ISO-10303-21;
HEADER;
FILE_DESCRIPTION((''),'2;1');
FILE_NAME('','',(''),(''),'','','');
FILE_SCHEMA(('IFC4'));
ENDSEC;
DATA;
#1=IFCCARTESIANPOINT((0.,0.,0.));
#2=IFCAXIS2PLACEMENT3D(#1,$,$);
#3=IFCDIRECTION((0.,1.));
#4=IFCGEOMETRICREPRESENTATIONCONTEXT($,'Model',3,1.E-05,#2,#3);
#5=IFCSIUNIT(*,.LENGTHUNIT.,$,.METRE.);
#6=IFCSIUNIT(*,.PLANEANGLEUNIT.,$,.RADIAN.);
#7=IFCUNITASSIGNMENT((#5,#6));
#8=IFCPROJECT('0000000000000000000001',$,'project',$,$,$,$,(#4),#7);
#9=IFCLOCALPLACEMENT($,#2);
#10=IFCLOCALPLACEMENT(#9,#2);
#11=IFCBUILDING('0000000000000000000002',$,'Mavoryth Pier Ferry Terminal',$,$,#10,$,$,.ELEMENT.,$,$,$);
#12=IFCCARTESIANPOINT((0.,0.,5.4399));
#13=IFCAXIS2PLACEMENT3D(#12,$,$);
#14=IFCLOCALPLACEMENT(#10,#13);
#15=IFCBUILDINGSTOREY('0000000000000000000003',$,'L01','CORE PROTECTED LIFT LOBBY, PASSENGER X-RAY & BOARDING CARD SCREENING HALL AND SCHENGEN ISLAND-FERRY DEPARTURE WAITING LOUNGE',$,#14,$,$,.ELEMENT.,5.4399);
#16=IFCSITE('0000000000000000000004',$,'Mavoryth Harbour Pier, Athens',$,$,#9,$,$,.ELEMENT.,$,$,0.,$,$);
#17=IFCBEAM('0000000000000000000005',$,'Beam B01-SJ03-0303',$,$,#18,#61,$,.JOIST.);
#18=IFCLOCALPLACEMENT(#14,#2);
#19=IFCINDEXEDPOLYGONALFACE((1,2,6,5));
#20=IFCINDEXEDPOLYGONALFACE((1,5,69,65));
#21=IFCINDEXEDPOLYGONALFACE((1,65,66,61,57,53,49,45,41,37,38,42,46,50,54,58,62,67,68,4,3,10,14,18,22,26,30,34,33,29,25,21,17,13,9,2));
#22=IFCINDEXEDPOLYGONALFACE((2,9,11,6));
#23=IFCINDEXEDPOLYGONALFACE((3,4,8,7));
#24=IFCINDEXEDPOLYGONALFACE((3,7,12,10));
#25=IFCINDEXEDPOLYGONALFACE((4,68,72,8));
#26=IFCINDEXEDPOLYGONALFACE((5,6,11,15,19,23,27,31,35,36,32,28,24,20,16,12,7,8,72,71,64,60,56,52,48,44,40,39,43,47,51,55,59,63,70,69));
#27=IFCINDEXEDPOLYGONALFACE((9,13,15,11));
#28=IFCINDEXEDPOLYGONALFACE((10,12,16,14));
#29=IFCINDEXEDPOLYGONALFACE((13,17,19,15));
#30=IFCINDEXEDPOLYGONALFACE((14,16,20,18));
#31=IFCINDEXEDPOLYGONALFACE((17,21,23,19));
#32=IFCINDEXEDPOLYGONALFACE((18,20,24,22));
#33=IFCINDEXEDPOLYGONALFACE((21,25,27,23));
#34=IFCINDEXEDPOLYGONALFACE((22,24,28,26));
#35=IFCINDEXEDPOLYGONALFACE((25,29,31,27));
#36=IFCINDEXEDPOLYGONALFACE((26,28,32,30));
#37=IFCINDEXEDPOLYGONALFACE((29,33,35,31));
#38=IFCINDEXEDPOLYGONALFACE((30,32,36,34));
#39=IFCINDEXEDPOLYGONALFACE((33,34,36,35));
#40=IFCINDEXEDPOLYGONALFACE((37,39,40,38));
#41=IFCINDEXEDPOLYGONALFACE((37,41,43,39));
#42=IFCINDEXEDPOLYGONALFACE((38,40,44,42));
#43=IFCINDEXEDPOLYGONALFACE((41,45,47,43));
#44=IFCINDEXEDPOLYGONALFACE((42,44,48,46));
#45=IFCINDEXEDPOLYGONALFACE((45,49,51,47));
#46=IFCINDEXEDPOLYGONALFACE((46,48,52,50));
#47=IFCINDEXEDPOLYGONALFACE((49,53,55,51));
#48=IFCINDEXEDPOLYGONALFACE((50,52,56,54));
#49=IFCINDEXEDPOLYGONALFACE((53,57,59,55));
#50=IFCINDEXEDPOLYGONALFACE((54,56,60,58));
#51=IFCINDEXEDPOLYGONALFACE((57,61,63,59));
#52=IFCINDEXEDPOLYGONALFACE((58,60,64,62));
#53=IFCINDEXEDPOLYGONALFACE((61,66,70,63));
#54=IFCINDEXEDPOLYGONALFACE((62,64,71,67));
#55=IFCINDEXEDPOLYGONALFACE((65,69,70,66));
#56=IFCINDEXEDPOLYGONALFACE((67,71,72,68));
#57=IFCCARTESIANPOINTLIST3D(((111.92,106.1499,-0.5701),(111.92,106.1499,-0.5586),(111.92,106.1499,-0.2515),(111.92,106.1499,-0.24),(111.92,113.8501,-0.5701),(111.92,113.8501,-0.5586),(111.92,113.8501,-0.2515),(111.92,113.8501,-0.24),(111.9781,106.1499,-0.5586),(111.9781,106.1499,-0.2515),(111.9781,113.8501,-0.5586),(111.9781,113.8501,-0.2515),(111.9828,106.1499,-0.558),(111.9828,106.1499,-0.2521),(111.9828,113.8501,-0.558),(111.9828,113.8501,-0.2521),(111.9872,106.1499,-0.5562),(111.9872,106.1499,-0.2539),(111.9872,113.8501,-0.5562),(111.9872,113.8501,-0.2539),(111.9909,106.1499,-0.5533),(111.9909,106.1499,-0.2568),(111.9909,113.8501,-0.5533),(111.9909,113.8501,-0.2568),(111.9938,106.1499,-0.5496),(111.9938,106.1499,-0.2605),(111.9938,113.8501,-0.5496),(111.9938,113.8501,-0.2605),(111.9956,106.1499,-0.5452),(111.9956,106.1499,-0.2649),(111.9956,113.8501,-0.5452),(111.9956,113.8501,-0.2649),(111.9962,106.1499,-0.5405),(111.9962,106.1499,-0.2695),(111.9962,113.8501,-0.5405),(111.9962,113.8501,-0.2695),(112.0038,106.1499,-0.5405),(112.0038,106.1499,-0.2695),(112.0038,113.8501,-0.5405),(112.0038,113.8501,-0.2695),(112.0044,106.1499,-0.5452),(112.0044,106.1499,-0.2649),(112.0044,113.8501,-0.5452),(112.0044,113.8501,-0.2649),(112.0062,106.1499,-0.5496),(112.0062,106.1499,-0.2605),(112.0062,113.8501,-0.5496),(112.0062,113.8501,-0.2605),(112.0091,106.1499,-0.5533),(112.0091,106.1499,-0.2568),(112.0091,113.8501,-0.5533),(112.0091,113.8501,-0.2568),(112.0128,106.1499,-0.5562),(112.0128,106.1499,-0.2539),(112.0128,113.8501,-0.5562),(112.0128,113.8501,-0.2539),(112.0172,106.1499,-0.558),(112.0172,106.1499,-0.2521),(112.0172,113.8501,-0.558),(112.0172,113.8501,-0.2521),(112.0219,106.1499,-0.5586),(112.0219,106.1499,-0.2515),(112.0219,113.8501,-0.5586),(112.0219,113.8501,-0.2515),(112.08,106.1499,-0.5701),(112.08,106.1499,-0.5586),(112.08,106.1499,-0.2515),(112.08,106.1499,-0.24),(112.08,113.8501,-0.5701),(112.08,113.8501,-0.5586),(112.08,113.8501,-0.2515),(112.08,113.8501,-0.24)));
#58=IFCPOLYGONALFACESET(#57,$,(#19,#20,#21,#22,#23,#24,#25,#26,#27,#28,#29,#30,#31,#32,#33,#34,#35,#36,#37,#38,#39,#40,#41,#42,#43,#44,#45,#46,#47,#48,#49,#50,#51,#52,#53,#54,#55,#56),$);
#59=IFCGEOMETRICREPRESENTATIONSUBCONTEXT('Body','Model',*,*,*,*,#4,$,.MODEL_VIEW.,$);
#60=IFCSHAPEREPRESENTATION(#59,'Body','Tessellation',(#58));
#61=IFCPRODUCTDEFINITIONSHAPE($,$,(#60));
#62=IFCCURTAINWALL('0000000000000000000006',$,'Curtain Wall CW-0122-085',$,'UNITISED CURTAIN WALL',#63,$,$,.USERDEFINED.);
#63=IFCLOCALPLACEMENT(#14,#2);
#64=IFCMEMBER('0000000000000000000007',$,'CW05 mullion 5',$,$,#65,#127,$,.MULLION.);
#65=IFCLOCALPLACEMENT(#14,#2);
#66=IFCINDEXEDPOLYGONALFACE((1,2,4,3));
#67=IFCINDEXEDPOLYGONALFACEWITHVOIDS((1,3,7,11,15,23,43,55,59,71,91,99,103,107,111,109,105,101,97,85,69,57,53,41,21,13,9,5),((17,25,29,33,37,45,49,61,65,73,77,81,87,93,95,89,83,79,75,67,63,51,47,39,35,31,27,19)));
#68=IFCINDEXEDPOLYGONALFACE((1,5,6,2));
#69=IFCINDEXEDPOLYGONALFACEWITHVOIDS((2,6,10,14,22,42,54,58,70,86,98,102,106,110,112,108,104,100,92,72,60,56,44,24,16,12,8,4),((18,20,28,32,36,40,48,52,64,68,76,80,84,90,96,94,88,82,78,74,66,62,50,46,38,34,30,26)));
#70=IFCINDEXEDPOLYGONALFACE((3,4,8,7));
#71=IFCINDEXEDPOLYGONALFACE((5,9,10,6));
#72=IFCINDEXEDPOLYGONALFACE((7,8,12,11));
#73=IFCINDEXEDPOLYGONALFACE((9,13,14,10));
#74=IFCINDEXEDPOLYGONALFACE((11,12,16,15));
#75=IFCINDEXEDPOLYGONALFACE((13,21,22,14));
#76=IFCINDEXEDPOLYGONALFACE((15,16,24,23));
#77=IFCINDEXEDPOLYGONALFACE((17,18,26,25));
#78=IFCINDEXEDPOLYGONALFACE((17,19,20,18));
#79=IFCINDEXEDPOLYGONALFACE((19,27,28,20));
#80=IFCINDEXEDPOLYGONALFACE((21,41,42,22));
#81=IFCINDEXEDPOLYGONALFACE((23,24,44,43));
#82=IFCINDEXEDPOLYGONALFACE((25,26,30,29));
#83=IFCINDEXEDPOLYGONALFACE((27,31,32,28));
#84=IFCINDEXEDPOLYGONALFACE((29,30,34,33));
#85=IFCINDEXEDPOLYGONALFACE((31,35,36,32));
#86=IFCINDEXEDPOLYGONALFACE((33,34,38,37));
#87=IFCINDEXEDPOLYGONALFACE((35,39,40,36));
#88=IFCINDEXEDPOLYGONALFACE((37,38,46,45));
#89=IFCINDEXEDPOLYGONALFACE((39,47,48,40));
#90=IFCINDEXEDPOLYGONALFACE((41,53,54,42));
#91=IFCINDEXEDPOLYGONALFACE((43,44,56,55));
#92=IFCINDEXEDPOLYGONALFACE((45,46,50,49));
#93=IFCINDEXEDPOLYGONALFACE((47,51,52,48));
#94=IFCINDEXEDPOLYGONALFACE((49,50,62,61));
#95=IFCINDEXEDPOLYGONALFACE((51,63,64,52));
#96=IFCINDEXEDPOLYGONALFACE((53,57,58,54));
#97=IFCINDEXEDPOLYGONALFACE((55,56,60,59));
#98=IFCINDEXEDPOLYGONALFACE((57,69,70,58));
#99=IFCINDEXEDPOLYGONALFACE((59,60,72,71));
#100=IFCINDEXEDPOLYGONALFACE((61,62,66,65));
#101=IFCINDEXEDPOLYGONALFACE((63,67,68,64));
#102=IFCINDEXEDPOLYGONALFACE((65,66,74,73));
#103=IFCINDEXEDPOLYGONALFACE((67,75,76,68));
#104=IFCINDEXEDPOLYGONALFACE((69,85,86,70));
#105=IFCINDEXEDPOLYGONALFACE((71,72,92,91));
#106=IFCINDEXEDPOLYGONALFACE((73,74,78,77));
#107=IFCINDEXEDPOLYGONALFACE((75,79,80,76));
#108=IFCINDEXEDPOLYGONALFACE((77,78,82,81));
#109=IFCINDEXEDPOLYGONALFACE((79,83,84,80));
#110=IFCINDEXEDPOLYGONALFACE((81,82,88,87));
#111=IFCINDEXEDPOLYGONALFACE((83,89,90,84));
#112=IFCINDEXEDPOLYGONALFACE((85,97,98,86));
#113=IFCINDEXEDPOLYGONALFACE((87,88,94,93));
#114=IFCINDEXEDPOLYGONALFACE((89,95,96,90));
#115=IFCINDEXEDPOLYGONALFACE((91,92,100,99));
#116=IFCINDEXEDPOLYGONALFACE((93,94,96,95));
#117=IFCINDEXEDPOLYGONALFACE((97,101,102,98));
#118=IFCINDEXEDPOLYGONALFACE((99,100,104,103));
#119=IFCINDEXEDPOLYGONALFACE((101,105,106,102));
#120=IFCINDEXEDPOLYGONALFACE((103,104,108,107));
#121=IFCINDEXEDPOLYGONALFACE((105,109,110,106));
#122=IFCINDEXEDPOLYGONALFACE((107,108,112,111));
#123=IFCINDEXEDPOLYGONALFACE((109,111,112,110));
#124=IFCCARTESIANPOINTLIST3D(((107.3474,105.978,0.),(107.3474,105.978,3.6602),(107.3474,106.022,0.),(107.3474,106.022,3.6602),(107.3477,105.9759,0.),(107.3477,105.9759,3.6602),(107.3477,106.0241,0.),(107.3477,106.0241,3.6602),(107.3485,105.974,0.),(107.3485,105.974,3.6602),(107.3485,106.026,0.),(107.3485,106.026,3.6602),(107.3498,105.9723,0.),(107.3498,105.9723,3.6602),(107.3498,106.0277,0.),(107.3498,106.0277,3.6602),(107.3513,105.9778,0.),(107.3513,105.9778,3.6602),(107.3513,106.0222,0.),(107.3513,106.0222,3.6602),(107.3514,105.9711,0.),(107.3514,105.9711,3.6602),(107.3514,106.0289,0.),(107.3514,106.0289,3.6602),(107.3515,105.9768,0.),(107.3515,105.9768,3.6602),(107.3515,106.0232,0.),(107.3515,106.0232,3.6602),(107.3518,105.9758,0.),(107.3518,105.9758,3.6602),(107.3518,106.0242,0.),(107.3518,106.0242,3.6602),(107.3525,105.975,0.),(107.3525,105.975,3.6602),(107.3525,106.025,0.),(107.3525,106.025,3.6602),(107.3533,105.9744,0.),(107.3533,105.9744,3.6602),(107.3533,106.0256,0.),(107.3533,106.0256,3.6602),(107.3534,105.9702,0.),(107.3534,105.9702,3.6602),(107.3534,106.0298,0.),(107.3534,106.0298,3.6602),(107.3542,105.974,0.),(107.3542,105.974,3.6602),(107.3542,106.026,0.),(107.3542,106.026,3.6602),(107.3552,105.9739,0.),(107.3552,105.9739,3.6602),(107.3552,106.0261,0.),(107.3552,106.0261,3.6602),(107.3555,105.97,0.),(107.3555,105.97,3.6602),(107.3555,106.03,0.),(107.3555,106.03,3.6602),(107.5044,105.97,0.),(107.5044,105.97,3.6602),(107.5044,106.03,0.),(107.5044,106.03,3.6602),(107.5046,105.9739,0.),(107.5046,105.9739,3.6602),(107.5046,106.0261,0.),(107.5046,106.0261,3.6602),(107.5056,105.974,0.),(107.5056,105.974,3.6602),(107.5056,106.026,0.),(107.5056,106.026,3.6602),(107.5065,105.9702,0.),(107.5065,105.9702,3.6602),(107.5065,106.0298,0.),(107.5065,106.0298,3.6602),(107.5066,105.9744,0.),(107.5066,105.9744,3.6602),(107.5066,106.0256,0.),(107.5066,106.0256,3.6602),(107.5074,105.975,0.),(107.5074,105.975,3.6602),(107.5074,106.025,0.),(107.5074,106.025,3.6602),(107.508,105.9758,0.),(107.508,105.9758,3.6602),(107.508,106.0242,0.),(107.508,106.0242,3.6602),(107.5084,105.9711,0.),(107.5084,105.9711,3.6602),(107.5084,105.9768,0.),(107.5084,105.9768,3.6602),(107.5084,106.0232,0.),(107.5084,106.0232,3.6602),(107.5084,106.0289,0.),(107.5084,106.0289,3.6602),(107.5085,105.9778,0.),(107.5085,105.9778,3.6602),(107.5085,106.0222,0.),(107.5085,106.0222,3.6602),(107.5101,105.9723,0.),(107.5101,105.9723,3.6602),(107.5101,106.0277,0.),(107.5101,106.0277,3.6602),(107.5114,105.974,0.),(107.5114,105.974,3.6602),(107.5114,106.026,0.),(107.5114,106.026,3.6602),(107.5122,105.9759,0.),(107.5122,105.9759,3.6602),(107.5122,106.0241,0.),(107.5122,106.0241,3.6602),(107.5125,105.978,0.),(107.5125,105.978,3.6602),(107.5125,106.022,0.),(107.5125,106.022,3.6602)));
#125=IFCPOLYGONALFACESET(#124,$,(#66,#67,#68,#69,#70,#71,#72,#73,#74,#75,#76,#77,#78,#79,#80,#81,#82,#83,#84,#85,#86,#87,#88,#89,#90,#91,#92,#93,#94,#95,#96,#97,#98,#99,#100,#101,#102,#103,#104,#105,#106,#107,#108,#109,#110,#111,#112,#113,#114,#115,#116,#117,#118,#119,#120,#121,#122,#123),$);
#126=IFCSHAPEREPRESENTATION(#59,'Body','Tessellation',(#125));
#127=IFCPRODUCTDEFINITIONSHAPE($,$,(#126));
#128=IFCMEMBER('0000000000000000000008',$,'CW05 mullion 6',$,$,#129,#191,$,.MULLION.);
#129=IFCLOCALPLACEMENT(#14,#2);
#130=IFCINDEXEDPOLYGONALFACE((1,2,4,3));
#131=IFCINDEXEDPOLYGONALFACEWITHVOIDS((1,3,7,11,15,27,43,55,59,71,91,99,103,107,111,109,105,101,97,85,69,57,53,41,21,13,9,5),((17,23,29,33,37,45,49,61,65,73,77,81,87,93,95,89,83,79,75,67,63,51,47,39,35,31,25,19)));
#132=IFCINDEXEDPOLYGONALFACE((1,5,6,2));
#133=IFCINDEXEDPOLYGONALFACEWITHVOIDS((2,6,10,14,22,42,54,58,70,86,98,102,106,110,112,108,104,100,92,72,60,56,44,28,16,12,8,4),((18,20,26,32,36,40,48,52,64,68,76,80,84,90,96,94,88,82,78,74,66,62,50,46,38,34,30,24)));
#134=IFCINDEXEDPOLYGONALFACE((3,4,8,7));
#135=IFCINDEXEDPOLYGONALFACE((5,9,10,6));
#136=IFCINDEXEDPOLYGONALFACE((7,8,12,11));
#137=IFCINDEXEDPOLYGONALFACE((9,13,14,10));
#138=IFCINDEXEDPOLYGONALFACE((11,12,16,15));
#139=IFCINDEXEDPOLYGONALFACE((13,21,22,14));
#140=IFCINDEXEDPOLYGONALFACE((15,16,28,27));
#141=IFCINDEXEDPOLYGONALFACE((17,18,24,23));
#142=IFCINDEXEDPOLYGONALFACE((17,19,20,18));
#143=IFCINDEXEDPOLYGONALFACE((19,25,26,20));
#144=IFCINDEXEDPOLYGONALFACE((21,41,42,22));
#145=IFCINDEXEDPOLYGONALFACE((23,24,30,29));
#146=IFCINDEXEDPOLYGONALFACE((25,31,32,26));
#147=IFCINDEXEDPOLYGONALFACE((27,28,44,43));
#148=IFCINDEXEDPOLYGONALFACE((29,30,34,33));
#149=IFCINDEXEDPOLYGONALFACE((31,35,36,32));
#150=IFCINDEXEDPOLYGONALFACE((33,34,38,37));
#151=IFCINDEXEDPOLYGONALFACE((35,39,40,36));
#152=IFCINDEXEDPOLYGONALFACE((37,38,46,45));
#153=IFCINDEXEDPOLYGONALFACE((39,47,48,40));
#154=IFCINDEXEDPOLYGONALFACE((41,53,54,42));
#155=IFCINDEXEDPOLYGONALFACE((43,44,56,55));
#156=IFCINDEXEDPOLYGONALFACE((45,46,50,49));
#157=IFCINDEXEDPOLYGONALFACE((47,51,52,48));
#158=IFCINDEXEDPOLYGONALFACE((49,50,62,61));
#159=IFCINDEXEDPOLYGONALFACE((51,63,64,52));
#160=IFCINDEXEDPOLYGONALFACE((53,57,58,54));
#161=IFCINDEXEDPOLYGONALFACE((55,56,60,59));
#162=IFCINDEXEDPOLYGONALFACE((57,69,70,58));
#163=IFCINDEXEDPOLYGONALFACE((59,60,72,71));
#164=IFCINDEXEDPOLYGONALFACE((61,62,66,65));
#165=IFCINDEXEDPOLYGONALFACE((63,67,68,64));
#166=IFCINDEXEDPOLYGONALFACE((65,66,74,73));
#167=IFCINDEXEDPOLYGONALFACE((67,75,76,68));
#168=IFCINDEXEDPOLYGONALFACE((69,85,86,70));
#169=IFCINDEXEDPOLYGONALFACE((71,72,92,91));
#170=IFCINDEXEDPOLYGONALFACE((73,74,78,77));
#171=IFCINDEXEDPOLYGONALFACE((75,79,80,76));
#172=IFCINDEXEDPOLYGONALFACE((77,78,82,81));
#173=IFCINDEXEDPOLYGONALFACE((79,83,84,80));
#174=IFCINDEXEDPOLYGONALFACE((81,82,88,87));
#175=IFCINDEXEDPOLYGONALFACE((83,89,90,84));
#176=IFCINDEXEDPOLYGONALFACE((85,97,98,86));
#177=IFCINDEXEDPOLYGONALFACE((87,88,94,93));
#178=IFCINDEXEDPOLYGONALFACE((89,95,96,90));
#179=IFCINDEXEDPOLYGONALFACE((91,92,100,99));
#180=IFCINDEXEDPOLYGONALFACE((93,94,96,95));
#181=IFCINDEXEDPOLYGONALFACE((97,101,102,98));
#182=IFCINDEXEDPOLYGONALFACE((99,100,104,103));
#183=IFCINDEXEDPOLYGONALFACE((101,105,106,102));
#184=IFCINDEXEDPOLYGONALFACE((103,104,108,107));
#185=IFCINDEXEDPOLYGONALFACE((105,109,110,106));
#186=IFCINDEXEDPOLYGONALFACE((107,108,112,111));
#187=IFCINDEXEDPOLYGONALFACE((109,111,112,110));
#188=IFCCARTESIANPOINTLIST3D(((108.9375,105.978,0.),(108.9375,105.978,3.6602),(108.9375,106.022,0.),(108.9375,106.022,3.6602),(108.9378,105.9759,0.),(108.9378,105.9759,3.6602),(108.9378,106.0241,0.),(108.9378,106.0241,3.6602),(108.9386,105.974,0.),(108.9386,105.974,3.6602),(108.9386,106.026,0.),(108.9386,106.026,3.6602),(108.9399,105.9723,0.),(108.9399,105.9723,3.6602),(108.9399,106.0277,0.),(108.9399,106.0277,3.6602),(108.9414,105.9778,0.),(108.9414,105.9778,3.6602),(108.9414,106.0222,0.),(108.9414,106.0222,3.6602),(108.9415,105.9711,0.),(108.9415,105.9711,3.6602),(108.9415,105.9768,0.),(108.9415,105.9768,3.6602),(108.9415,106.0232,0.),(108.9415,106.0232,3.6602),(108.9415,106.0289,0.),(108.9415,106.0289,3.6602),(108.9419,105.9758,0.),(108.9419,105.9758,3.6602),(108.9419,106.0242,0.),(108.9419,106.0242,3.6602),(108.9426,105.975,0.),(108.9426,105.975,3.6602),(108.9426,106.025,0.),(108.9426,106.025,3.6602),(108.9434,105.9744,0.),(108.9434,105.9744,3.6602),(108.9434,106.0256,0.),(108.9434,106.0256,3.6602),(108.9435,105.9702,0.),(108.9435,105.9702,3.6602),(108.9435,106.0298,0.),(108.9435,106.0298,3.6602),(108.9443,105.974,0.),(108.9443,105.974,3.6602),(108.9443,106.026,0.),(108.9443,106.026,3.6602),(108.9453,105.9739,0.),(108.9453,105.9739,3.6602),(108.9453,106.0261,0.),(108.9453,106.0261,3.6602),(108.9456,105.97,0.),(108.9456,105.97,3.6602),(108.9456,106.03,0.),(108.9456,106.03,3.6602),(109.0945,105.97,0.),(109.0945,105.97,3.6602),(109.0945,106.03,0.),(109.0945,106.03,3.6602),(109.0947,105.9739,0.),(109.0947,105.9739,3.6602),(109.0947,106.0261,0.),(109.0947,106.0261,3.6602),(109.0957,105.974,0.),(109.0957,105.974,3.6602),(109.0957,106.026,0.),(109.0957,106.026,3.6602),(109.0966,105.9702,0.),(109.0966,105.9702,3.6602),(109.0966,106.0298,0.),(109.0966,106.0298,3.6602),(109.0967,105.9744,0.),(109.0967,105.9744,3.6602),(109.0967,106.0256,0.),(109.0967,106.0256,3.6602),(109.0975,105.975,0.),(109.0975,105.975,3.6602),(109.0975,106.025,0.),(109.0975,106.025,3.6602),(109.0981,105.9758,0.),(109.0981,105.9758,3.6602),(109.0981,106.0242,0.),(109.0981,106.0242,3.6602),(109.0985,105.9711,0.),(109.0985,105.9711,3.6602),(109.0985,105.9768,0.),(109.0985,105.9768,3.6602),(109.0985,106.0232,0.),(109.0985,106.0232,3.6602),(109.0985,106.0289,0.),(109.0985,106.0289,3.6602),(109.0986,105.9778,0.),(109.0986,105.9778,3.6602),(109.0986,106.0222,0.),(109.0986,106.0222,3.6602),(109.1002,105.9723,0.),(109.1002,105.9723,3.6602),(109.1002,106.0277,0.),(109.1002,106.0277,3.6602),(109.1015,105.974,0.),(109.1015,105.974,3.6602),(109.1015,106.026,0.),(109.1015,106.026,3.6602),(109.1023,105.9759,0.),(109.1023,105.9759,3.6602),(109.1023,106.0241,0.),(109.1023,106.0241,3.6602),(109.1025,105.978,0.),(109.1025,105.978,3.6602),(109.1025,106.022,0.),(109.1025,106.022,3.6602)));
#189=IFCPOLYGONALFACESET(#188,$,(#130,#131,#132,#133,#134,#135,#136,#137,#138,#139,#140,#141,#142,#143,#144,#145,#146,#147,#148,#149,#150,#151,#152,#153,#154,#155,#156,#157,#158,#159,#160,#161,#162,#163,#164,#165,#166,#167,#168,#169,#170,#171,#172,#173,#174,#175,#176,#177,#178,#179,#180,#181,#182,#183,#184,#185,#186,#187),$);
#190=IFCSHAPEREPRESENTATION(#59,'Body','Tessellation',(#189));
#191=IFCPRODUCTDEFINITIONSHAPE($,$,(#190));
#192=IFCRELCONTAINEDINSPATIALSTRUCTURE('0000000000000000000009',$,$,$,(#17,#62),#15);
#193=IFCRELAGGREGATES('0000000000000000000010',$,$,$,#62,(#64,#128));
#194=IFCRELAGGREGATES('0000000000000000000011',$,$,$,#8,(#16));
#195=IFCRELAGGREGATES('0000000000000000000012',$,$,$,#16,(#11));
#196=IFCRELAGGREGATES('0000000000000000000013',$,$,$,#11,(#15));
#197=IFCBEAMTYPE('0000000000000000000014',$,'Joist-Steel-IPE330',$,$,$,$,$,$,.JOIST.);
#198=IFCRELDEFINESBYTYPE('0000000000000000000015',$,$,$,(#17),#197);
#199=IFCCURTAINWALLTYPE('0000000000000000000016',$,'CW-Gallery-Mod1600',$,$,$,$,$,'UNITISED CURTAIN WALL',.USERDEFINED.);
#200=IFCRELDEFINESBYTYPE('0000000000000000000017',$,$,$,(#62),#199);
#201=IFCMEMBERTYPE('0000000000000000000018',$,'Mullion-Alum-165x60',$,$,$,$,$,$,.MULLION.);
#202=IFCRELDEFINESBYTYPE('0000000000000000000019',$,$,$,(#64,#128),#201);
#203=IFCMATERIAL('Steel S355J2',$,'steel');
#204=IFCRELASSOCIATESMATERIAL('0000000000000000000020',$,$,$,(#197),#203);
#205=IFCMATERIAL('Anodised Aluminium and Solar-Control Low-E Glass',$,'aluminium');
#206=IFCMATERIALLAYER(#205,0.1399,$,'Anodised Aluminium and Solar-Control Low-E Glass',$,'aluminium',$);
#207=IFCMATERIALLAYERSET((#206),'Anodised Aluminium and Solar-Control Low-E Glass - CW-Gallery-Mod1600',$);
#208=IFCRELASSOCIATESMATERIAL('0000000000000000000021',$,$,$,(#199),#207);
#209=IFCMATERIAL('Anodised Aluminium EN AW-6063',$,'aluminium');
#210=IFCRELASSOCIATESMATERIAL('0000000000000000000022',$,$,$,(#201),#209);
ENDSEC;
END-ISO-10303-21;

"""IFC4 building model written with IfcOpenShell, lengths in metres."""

from ifc_helpers import new_model, si_unit, direction, frame, origin, origin_2d, place, context, subcontext, project, spatial, hollow_rectangle, i_section, extrude, material, layer, layer_set, material_profile, profile_set, type_object, element, aggregate, save


model = new_model("IFC4")

# Units and contexts
model_context = context("Model", 3, precision=1e-05, world=origin(), true_north=direction((0.0, 1.0)))
body_context = subcontext(model_context, "Body", "Model", "MODEL_VIEW")
ifc_project = project(units=[si_unit("LENGTHUNIT", "METRE"), si_unit("PLANEANGLEUNIT", "RADIAN")], contexts=[model_context])

# Site, building, storey
site_placement = place(None, origin())
site = spatial("IfcSite", under=ifc_project, at=site_placement, Name="Mavoryth Harbour Pier, Athens", CompositionType="ELEMENT", RefElevation=0.0)
building_placement = place(site_placement, origin())
building = spatial("IfcBuilding", under=site, at=building_placement, Name="Mavoryth Pier Ferry Terminal", CompositionType="ELEMENT")
storey_placement = place(building_placement, frame((0.0, 0.0, 5.4399)))
storey = spatial("IfcBuildingStorey", under=building, at=storey_placement, Name="L01", Description="CORE PROTECTED LIFT LOBBY, PASSENGER X-RAY & BOARDING CARD SCREENING HALL AND SCHENGEN ISLAND-FERRY DEPARTURE WAITING LOUNGE", CompositionType="ELEMENT", Elevation=5.4399)

# Shared definitions
ifc_material_1 = material(Name="Steel S355J2", Category="steel")

# Beam
ifc_material_profile_1 = material_profile(ifc_material_1, i_section(OverallWidth=0.1599, OverallDepth=0.3301, WebThickness=0.0076, FlangeThickness=0.0115, FilletRadius=0.0181, at=origin_2d()), Name="IPE 330", Category="steel")
ifc_profile_set_1 = profile_set([ifc_material_profile_1], Name="Steel S355J2 - IPE 330")
beam_type_1 = type_object("IfcBeamType", Name="Joist-Steel-IPE330", PredefinedType="JOIST", material=ifc_profile_set_1)
beam_1_placement = place(storey_placement, frame((112.0, 106.1499, -0.405), z_axis=(0.0, 1.0, 0.0), x_axis=(-1.0, 0.0, 0.0)))
element("IfcBeam", 1, at=beam_1_placement, inside=storey, type_object=beam_type_1, Name="Beam B01-SJ03-0303", PredefinedType="JOIST", context=body_context, shape_type="SweptSolid", body=[
    extrude(i_section(OverallWidth=0.1599, OverallDepth=0.3301, WebThickness=0.0076, FlangeThickness=0.0115, FilletRadius=0.0181, at=origin_2d()), origin(), (0.0, 0.0, 1.0), 7.7002),
])

# Curtain wall, members
ifc_material_2 = material(Name="Anodised Aluminium and Solar-Control Low-E Glass", Category="aluminium")
ifc_layer_1 = layer(ifc_material_2, 0.1399, Name="Anodised Aluminium and Solar-Control Low-E Glass", Category="aluminium")
ifc_layer_set_1 = layer_set([ifc_layer_1], Name="Anodised Aluminium and Solar-Control Low-E Glass - CW-Gallery-Mod1600")
curtain_wall_type = type_object("IfcCurtainWallType", Name="CW-Gallery-Mod1600", ElementType="UNITISED CURTAIN WALL", PredefinedType="USERDEFINED", material=ifc_layer_set_1)
curtain_wall_1_placement = place(storey_placement, origin())
curtain_wall_1 = element("IfcCurtainWall", 2, at=curtain_wall_1_placement, inside=storey, type_object=curtain_wall_type, Name="Curtain Wall CW-0122-085", ObjectType="UNITISED CURTAIN WALL", PredefinedType="USERDEFINED")
ifc_material_3 = material(Name="Anodised Aluminium EN AW-6063", Category="aluminium")
ifc_material_profile_2 = material_profile(ifc_material_3, hollow_rectangle(XDim=0.0601, YDim=0.165, WallThickness=0.0039, InnerFilletRadius=0.0039, OuterFilletRadius=0.0081, at=origin_2d()), Name="AL-MULL 165x60x4", Category="aluminium")
ifc_profile_set_2 = profile_set([ifc_material_profile_2], Name="Anodised Aluminium EN AW-6063 - AL-MULL 165x60x4")
member_type_1 = type_object("IfcMemberType", Name="Mullion-Alum-165x60", PredefinedType="MULLION", material=ifc_profile_set_2)
member_1_placement = place(storey_placement, frame((107.4299, 106.0, 0.0), z_axis=(0.0, 0.0, 1.0), x_axis=(0.0, 1.0, 0.0)))
member_1 = element("IfcMember", 3, at=member_1_placement, type_object=member_type_1, Name="CW05 mullion 5", PredefinedType="MULLION", context=body_context, shape_type="SweptSolid", body=[
    extrude(hollow_rectangle(XDim=0.0601, YDim=0.165, WallThickness=0.0039, InnerFilletRadius=0.0039, OuterFilletRadius=0.0081, at=origin_2d()), origin(), (0.0, 0.0, 1.0), 3.6602),
])
member_2_placement = place(storey_placement, frame((109.02, 106.0, 0.0), z_axis=(0.0, 0.0, 1.0), x_axis=(0.0, 1.0, 0.0)))
member_2 = element("IfcMember", 4, at=member_2_placement, type_object=member_type_1, Name="CW05 mullion 6", PredefinedType="MULLION", context=body_context, shape_type="SweptSolid", body=[
    extrude(hollow_rectangle(XDim=0.0601, YDim=0.165, WallThickness=0.0039, InnerFilletRadius=0.0039, OuterFilletRadius=0.0081, at=origin_2d()), origin(), (0.0, 0.0, 1.0), 3.6602),
])

aggregate(curtain_wall_1, [member_1, member_2])

save(model, "model.ifc")
